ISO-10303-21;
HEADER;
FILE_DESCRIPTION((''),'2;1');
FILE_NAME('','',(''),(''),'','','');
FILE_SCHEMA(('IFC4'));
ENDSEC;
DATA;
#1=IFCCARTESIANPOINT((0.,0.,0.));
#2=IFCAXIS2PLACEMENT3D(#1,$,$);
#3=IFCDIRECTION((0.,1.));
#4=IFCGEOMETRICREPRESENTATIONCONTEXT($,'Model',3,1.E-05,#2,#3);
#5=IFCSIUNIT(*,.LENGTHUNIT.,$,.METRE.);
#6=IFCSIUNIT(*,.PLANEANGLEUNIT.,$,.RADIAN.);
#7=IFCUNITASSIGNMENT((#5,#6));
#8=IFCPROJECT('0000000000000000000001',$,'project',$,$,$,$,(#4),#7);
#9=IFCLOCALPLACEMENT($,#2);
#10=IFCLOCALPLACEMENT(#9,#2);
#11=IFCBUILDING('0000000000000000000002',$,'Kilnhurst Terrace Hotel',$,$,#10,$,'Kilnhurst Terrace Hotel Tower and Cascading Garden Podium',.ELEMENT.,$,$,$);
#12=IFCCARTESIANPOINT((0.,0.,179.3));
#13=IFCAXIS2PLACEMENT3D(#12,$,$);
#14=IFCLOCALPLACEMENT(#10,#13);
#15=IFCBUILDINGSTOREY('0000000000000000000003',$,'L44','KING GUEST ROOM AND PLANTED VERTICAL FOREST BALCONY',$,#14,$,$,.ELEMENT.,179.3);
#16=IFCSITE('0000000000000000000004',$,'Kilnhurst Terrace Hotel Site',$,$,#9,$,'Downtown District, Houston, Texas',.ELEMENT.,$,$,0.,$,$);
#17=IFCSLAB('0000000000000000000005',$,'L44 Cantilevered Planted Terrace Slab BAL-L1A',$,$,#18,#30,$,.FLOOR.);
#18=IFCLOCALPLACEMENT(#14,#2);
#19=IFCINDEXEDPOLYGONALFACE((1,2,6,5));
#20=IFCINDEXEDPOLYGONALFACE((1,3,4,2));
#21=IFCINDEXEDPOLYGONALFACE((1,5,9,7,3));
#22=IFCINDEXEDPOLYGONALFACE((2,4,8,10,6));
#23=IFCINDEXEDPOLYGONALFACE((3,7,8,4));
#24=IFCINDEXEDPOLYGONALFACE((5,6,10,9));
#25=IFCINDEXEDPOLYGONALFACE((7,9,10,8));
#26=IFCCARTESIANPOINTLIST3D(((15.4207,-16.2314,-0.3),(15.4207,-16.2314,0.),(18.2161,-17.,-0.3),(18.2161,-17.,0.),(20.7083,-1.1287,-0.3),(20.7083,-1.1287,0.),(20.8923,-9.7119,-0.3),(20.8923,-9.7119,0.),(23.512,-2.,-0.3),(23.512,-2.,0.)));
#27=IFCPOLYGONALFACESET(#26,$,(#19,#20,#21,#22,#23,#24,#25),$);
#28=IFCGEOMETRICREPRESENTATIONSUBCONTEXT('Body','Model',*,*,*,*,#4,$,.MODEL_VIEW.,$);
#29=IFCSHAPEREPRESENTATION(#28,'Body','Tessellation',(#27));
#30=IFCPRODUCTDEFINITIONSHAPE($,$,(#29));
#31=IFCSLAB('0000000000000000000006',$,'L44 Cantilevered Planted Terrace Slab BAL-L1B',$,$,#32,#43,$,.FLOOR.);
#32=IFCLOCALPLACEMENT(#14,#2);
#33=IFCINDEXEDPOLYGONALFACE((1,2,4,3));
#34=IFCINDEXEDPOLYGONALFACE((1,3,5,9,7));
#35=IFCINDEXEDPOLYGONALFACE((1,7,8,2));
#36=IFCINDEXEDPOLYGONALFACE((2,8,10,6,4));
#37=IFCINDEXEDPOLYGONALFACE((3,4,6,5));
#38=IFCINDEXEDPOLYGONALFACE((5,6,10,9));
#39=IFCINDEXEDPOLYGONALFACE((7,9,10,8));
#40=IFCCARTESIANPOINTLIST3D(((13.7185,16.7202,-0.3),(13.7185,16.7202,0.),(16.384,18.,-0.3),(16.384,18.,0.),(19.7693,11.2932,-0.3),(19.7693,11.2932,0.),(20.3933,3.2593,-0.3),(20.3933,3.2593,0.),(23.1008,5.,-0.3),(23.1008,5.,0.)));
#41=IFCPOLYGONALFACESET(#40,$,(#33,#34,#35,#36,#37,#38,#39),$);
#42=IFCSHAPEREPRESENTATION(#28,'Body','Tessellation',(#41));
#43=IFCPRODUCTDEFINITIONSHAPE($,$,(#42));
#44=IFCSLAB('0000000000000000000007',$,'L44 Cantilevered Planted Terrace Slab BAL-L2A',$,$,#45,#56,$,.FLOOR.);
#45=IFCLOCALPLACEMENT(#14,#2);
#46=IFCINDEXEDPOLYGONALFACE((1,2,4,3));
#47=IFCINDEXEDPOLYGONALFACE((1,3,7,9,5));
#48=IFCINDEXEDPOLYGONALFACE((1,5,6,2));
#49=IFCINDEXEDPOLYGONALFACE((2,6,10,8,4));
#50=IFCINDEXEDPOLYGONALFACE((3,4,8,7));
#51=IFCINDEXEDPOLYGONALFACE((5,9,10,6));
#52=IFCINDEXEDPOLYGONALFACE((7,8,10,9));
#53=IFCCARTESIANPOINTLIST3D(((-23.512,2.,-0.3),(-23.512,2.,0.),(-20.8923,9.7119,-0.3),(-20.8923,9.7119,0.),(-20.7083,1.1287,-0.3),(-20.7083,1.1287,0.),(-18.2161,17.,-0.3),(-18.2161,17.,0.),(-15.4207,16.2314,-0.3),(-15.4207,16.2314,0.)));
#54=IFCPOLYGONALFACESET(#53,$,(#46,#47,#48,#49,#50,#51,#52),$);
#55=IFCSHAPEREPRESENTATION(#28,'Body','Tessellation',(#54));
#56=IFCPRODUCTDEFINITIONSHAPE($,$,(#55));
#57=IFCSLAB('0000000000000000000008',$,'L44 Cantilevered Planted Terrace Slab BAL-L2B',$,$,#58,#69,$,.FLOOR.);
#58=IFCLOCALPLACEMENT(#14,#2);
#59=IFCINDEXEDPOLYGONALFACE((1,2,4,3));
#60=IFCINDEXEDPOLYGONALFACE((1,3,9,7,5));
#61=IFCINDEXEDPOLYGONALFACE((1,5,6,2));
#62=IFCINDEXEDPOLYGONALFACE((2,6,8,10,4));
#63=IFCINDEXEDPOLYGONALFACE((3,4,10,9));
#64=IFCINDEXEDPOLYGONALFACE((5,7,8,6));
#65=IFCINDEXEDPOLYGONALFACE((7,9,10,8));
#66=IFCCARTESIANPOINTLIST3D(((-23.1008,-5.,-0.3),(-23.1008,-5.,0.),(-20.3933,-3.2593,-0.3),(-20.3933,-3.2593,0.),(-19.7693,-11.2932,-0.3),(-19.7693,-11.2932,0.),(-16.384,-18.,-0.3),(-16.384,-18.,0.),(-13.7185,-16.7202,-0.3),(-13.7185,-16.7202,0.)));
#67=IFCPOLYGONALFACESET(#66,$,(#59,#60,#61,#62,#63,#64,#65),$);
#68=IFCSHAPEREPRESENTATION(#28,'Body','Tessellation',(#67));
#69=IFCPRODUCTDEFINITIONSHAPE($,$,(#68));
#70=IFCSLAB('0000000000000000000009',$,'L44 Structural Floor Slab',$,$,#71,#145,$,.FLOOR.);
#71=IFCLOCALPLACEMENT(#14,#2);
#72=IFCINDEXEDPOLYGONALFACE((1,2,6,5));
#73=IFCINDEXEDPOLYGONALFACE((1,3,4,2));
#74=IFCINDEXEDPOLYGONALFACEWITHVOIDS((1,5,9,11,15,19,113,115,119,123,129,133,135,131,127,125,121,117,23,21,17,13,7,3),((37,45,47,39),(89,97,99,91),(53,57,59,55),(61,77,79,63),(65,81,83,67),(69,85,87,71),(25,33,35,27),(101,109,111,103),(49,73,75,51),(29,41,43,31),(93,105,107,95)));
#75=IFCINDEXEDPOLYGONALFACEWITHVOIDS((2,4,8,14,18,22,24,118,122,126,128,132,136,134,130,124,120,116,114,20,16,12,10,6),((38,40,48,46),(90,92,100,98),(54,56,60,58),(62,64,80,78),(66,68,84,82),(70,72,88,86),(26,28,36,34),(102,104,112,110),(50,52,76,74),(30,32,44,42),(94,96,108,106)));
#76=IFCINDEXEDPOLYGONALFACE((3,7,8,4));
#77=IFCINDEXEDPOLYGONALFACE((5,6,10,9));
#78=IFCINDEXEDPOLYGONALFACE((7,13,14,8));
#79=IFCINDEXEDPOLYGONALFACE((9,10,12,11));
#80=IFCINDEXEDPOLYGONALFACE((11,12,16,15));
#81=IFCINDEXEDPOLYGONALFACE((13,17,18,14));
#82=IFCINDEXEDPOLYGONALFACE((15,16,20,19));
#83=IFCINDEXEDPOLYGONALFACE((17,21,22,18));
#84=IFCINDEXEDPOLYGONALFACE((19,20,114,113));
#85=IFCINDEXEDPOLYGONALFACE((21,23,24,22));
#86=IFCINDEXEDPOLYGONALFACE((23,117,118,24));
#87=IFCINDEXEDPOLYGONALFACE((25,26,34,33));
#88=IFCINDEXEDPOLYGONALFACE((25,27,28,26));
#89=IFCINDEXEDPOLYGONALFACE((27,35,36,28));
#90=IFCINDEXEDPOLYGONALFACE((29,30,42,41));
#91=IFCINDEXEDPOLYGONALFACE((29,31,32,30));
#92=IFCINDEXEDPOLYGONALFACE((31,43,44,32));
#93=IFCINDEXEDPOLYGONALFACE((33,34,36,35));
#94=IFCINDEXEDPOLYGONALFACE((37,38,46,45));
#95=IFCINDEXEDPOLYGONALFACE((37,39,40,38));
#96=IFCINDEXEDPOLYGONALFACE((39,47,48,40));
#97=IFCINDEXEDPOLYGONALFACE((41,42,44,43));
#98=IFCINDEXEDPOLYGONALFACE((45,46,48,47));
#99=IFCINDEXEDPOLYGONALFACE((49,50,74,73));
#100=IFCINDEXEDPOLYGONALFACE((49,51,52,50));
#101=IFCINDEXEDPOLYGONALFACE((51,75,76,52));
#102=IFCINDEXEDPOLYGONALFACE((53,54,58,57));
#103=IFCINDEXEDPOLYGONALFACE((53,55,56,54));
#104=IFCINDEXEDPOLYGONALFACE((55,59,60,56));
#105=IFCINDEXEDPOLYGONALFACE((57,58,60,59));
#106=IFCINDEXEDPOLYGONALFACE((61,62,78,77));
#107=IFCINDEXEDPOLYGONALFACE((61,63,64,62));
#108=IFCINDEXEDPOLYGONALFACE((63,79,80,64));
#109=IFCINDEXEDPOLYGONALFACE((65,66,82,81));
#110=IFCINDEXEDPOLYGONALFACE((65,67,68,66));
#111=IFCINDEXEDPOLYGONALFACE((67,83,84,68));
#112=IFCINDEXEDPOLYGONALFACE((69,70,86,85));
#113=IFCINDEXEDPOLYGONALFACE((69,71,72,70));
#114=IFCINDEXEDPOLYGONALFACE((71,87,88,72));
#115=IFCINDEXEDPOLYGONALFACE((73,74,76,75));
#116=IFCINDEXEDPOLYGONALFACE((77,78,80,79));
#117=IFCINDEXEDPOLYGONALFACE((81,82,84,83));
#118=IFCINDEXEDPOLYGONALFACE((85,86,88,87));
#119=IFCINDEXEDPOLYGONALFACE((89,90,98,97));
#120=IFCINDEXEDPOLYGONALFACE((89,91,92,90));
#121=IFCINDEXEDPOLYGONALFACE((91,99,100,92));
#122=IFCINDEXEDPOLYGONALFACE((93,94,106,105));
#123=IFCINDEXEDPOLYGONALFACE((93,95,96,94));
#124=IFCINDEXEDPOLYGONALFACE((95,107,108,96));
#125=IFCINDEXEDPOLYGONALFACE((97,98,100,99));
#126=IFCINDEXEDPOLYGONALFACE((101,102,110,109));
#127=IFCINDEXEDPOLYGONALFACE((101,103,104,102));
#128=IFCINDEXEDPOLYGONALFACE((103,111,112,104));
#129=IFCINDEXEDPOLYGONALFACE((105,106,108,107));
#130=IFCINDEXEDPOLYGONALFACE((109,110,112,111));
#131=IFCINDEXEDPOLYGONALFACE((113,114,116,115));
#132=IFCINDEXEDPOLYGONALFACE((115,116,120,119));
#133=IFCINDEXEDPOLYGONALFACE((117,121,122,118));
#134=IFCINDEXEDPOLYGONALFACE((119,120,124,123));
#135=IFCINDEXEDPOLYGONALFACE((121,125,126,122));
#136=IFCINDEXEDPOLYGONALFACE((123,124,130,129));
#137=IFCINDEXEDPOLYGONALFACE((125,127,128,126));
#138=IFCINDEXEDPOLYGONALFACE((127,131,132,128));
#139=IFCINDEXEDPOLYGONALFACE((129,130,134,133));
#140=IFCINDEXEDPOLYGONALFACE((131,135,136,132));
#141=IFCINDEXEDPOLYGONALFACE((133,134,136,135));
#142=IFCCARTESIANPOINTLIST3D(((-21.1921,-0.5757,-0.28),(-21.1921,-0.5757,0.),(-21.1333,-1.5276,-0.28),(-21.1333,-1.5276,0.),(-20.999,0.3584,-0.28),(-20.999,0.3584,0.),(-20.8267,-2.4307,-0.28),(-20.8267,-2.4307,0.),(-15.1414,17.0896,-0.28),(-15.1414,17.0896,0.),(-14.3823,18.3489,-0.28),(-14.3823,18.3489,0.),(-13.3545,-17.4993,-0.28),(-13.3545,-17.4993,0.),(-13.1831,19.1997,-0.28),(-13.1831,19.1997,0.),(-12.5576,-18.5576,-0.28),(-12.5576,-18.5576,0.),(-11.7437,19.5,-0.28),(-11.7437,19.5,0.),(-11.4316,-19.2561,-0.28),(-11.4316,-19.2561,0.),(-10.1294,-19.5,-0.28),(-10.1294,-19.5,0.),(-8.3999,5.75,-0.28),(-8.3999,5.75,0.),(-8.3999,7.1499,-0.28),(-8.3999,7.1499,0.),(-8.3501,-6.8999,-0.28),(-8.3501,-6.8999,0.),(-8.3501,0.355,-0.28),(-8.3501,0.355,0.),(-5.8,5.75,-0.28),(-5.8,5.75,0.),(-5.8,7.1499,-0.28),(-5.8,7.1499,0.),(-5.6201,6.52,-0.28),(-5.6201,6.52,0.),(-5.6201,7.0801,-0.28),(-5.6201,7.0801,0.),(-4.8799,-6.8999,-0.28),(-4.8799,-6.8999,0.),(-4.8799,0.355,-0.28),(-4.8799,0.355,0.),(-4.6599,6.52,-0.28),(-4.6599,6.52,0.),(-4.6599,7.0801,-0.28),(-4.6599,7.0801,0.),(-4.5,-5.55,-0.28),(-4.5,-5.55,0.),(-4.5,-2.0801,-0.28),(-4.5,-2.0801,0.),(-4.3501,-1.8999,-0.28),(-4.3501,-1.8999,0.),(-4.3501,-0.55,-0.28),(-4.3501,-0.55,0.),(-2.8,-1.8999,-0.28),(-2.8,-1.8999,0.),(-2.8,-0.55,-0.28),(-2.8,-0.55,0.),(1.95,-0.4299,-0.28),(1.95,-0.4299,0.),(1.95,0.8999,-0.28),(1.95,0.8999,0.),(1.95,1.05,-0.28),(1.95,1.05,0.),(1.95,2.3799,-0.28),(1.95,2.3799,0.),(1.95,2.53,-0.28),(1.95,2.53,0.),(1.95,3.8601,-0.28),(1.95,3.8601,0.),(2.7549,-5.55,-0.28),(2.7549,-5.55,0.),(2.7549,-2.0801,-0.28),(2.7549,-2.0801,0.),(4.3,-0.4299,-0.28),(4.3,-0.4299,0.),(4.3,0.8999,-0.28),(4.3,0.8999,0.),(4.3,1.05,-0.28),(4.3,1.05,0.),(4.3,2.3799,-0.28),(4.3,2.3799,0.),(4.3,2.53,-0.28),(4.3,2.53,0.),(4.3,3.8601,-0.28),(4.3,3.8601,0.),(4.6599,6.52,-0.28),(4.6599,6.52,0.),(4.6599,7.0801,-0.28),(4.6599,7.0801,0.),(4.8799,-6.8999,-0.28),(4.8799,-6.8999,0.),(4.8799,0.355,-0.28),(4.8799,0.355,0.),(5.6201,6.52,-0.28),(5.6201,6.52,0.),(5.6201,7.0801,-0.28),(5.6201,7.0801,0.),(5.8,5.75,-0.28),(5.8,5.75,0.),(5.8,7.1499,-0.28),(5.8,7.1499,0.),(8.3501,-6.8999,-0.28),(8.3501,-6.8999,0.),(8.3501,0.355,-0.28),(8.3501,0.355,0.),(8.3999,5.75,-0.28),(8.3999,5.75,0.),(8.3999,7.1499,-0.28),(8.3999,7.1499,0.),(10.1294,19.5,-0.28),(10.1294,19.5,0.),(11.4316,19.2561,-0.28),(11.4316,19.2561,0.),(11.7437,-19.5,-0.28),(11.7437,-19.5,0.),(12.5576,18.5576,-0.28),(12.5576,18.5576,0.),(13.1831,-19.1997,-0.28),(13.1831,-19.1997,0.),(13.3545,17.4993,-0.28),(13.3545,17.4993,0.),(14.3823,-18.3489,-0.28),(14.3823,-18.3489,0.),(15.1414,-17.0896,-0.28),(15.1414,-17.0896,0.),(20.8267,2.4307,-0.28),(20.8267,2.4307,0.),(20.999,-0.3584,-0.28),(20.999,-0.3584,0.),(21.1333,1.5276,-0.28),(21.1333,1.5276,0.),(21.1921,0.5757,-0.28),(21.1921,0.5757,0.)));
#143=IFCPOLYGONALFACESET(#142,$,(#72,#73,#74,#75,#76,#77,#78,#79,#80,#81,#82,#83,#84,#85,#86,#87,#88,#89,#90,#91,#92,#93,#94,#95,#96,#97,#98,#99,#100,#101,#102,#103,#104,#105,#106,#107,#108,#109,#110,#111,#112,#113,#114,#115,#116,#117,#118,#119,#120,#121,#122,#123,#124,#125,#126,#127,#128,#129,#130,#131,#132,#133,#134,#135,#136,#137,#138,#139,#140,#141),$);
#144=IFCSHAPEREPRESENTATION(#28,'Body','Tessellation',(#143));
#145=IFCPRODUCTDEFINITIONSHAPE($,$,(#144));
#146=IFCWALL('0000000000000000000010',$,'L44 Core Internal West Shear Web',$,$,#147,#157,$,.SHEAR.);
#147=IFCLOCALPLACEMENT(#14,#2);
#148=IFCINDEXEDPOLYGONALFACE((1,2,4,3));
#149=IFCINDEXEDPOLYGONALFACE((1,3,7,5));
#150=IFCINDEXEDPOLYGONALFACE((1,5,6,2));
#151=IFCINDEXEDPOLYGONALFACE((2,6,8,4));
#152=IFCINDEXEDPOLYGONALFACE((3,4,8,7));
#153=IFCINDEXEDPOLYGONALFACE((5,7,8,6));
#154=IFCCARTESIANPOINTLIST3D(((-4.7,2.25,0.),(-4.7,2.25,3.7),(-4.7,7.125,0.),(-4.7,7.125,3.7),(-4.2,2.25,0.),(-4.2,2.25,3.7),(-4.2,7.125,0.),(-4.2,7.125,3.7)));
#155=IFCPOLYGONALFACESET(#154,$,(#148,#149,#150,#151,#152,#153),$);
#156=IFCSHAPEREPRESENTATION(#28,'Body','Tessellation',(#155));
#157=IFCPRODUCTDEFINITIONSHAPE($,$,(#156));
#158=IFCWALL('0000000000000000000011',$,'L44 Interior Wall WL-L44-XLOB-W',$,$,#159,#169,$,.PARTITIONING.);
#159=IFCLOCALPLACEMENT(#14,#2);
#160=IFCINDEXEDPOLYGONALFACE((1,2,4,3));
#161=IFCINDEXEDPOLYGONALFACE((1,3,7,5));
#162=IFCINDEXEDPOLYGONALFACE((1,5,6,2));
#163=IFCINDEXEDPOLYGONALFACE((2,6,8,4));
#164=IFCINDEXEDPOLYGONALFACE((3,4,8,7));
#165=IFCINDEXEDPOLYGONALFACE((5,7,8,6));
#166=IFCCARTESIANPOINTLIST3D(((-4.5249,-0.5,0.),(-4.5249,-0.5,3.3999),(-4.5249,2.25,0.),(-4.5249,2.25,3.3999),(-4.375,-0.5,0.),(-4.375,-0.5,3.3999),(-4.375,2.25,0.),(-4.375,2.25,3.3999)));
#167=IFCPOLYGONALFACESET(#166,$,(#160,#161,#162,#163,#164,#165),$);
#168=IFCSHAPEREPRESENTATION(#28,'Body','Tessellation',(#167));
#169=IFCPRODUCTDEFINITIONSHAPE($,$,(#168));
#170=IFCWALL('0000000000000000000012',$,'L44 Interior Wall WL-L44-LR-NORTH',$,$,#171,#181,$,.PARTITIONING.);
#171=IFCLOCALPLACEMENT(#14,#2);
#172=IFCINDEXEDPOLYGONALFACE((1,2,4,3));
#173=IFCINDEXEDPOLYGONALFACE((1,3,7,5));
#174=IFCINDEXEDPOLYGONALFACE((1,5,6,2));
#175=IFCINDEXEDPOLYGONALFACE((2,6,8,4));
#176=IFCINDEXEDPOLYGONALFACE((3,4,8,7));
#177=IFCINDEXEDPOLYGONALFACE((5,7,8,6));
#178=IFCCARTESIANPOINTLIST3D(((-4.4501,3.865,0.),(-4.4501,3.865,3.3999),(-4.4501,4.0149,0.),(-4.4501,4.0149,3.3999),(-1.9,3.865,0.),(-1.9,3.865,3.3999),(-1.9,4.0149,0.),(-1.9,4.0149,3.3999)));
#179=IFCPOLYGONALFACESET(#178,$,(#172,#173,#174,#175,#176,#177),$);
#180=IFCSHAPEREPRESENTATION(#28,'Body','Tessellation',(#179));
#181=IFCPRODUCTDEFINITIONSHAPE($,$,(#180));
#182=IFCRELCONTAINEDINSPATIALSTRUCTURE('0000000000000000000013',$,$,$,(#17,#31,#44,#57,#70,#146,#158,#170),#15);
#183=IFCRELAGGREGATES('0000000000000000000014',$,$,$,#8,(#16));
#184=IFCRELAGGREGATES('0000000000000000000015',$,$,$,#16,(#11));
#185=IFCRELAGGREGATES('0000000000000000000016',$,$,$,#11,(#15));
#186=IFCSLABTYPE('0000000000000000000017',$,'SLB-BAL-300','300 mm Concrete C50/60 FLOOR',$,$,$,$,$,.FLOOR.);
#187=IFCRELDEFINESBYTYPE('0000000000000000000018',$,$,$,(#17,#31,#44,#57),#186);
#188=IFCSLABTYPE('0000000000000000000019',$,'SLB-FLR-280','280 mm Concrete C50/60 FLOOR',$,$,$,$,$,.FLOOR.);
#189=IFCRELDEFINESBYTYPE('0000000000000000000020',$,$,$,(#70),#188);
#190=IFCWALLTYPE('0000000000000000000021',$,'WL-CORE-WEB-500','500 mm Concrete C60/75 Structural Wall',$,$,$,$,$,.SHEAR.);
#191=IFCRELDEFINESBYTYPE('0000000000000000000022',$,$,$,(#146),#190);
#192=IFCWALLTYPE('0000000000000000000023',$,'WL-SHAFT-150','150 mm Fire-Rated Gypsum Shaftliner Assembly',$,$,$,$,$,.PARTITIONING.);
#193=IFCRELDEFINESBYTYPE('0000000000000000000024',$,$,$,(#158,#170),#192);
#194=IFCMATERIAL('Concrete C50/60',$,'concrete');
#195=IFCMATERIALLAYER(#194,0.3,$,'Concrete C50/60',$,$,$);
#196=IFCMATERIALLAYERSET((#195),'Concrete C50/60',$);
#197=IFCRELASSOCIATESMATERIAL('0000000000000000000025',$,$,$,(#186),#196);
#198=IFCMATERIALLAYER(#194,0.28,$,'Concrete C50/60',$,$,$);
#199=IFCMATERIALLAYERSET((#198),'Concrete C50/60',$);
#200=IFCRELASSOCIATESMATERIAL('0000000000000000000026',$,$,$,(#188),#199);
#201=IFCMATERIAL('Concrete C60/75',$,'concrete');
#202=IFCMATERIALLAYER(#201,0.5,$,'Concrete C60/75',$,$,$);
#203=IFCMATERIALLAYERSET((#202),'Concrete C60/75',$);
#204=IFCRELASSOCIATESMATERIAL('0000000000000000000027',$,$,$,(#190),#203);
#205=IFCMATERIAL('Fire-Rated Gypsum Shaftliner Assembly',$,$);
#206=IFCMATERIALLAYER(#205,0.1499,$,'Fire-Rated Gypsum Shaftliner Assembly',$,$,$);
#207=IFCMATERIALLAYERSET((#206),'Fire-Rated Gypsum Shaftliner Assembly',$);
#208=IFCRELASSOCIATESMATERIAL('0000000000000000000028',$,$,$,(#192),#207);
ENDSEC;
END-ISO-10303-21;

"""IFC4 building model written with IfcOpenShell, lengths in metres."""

from ifc_helpers import new_model, si_unit, direction, frame, frame_2d, origin, place, context, subcontext, project, spatial, polyline, rectangle, outline, extrude, material, layer, layer_set, type_object, element, save


model = new_model("IFC4")

# Units and contexts
model_context = context("Model", 3, precision=1e-05, world=origin(), true_north=direction((0.0, 1.0)))
body_context = subcontext(model_context, "Body", "Model", "MODEL_VIEW")
ifc_project = project(units=[si_unit("LENGTHUNIT", "METRE"), si_unit("PLANEANGLEUNIT", "RADIAN")], contexts=[model_context])

# Site, building, storey
site_placement = place(None, origin())
site = spatial("IfcSite", under=ifc_project, at=site_placement, Name="Kilnhurst Terrace Hotel Site", LongName="Downtown District, Houston, Texas", CompositionType="ELEMENT", RefElevation=0.0)
building_placement = place(site_placement, origin())
building = spatial("IfcBuilding", under=site, at=building_placement, Name="Kilnhurst Terrace Hotel", LongName="Kilnhurst Terrace Hotel Tower and Cascading Garden Podium", CompositionType="ELEMENT")
storey_placement = place(building_placement, frame((0.0, 0.0, 179.3)))
storey = spatial("IfcBuildingStorey", under=building, at=storey_placement, Name="L44", Description="KING GUEST ROOM AND PLANTED VERTICAL FOREST BALCONY", CompositionType="ELEMENT", Elevation=179.3)

# Slabs
ifc_material_1 = material(Name="Concrete C50/60", Category="concrete")
ifc_layer_1 = layer(ifc_material_1, 0.3, Name="Concrete C50/60")
ifc_layer_set_1 = layer_set([ifc_layer_1], Name="Concrete C50/60")
slab_type_1 = type_object("IfcSlabType", Name="SLB-BAL-300", Description="300 mm Concrete C50/60 FLOOR", PredefinedType="FLOOR", material=ifc_layer_set_1)
slab_1_placement = place(storey_placement, frame((0.0, 0.0, -0.3)))
element("IfcSlab", 1, at=slab_1_placement, inside=storey, type_object=slab_type_1, Name="L44 Cantilevered Planted Terrace Slab BAL-L1A", PredefinedType="FLOOR", context=body_context, shape_type="SweptSolid", body=[
    extrude(outline(polyline([(20.8923, -9.7119), (18.2161, -17.0), (15.4207, -16.2314), (20.7083, -1.1287), (23.512, -2.0), (20.8923, -9.7119)])), origin(), (0.0, 0.0, 1.0), 0.3),
])
slab_2_placement = place(storey_placement, frame((0.0, 0.0, -0.3)))
element("IfcSlab", 2, at=slab_2_placement, inside=storey, type_object=slab_type_1, Name="L44 Cantilevered Planted Terrace Slab BAL-L1B", PredefinedType="FLOOR", context=body_context, shape_type="SweptSolid", body=[
    extrude(outline(polyline([(23.1008, 5.0), (20.3933, 3.2593), (13.7185, 16.7202), (16.384, 18.0), (19.7693, 11.2932), (23.1008, 5.0)])), origin(), (0.0, 0.0, 1.0), 0.3),
])
slab_3_placement = place(storey_placement, frame((0.0, 0.0, -0.3)))
element("IfcSlab", 3, at=slab_3_placement, inside=storey, type_object=slab_type_1, Name="L44 Cantilevered Planted Terrace Slab BAL-L2A", PredefinedType="FLOOR", context=body_context, shape_type="SweptSolid", body=[
    extrude(outline(polyline([(-18.2161, 17.0), (-15.4207, 16.2314), (-20.7083, 1.1287), (-23.512, 2.0), (-20.8923, 9.7119), (-18.2161, 17.0)])), origin(), (0.0, 0.0, 1.0), 0.3),
])
slab_4_placement = place(storey_placement, frame((0.0, 0.0, -0.3)))
element("IfcSlab", 4, at=slab_4_placement, inside=storey, type_object=slab_type_1, Name="L44 Cantilevered Planted Terrace Slab BAL-L2B", PredefinedType="FLOOR", context=body_context, shape_type="SweptSolid", body=[
    extrude(outline(polyline([(-23.1008, -5.0), (-20.3933, -3.2593), (-13.7185, -16.7202), (-16.384, -18.0), (-19.7693, -11.2932), (-23.1008, -5.0)])), origin(), (0.0, 0.0, 1.0), 0.3),
])
ifc_layer_2 = layer(ifc_material_1, 0.28, Name="Concrete C50/60")
ifc_layer_set_2 = layer_set([ifc_layer_2], Name="Concrete C50/60")
slab_type_2 = type_object("IfcSlabType", Name="SLB-FLR-280", Description="280 mm Concrete C50/60 FLOOR", PredefinedType="FLOOR", material=ifc_layer_set_2)
slab_5_placement = place(storey_placement, frame((0.0, 0.0, -0.28)))
element("IfcSlab", 5, at=slab_5_placement, inside=storey, type_object=slab_type_2, Name="L44 Structural Floor Slab", PredefinedType="FLOOR", context=body_context, shape_type="SweptSolid", body=[
    extrude(outline(polyline([(-13.3545, -17.4993), (-12.5576, -18.5576), (-11.4316, -19.2561), (-10.1294, -19.5), (11.7437, -19.5), (13.1831, -19.1997), (14.3823, -18.3489), (15.1414, -17.0896), (20.999, -0.3584), (21.1921, 0.5757), (21.1333, 1.5276), (20.8267, 2.4307), (13.3545, 17.4993), (12.5576, 18.5576), (11.4316, 19.2561), (10.1294, 19.5), (-11.7437, 19.5), (-13.1831, 19.1997), (-14.3823, 18.3489), (-15.1414, 17.0896), (-20.999, 0.3584), (-21.1921, -0.5757), (-21.1333, -1.5276), (-20.8267, -2.4307), (-13.3545, -17.4993)]), holes=[polyline([(2.7549, -2.0801), (2.7549, -5.55), (-4.5, -5.55), (-4.5, -2.0801), (2.7549, -2.0801)]), polyline([(-8.3501, 0.355), (-4.8799, 0.355), (-4.8799, -6.8999), (-8.3501, -6.8999), (-8.3501, 0.355)]), polyline([(-2.8, -1.8999), (-4.3501, -1.8999), (-4.3501, -0.55), (-2.8, -0.55), (-2.8, -1.8999)]), polyline([(1.95, -0.4299), (1.95, 0.8999), (4.3, 0.8999), (4.3, -0.4299), (1.95, -0.4299)]), polyline([(-8.3999, 5.75), (-8.3999, 7.1499), (-5.8, 7.1499), (-5.8, 5.75), (-8.3999, 5.75)]), polyline([(-4.6599, 6.52), (-5.6201, 6.52), (-5.6201, 7.0801), (-4.6599, 7.0801), (-4.6599, 6.52)]), polyline([(8.3501, 0.355), (8.3501, -6.8999), (4.8799, -6.8999), (4.8799, 0.355), (8.3501, 0.355)]), polyline([(1.95, 1.05), (1.95, 2.3799), (4.3, 2.3799), (4.3, 1.05), (1.95, 1.05)]), polyline([(4.3, 2.53), (1.95, 2.53), (1.95, 3.8601), (4.3, 3.8601), (4.3, 2.53)]), polyline([(5.8, 5.75), (5.8, 7.1499), (8.3999, 7.1499), (8.3999, 5.75), (5.8, 5.75)]), polyline([(4.6599, 6.52), (4.6599, 7.0801), (5.6201, 7.0801), (5.6201, 6.52), (4.6599, 6.52)])]), origin(), (0.0, 0.0, 1.0), 0.28),
])

# Walls
ifc_material_2 = material(Name="Concrete C60/75", Category="concrete")
ifc_layer_3 = layer(ifc_material_2, 0.5, Name="Concrete C60/75")
ifc_layer_set_3 = layer_set([ifc_layer_3], Name="Concrete C60/75")
wall_type_1 = type_object("IfcWallType", Name="WL-CORE-WEB-500", Description="500 mm Concrete C60/75 Structural Wall", PredefinedType="SHEAR", material=ifc_layer_set_3)
wall_1_placement = place(storey_placement, frame((-4.45, 2.25, 0.0), z_axis=(0.0, 0.0, 1.0), x_axis=(0.0, 1.0, 0.0)))
element("IfcWall", 6, at=wall_1_placement, inside=storey, type_object=wall_type_1, Name="L44 Core Internal West Shear Web", PredefinedType="SHEAR", context=body_context, shape_type="SweptSolid", body=[
    extrude(rectangle(XDim=4.875, YDim=0.5, at=frame_2d((2.4375, 0.0))), origin(), (0.0, 0.0, 1.0), 3.7),
])
ifc_material_3 = material(Name="Fire-Rated Gypsum Shaftliner Assembly")
ifc_layer_4 = layer(ifc_material_3, 0.1499, Name="Fire-Rated Gypsum Shaftliner Assembly")
ifc_layer_set_4 = layer_set([ifc_layer_4], Name="Fire-Rated Gypsum Shaftliner Assembly")
wall_type_2 = type_object("IfcWallType", Name="WL-SHAFT-150", Description="150 mm Fire-Rated Gypsum Shaftliner Assembly", PredefinedType="PARTITIONING", material=ifc_layer_set_4)
wall_2_placement = place(storey_placement, frame((-4.45, -0.5, 0.0), z_axis=(0.0, 0.0, 1.0), x_axis=(0.0, 1.0, 0.0)))
element("IfcWall", 7, at=wall_2_placement, inside=storey, type_object=wall_type_2, Name="L44 Interior Wall WL-L44-XLOB-W", PredefinedType="PARTITIONING", context=body_context, shape_type="SweptSolid", body=[
    extrude(rectangle(XDim=2.75, YDim=0.1499, at=frame_2d((1.375, 0.0))), origin(), (0.0, 0.0, 1.0), 3.3999),
])
wall_3_placement = place(storey_placement, frame((-4.45, 3.9399, 0.0), z_axis=(0.0, 0.0, 1.0), x_axis=(1.0, 0.0, 0.0)))
element("IfcWall", 8, at=wall_3_placement, inside=storey, type_object=wall_type_2, Name="L44 Interior Wall WL-L44-LR-NORTH", PredefinedType="PARTITIONING", context=body_context, shape_type="SweptSolid", body=[
    extrude(rectangle(XDim=2.55, YDim=0.1499, at=frame_2d((1.2749, 0.0))), origin(), (0.0, 0.0, 1.0), 3.3999),
])

save(model, "model.ifc")
